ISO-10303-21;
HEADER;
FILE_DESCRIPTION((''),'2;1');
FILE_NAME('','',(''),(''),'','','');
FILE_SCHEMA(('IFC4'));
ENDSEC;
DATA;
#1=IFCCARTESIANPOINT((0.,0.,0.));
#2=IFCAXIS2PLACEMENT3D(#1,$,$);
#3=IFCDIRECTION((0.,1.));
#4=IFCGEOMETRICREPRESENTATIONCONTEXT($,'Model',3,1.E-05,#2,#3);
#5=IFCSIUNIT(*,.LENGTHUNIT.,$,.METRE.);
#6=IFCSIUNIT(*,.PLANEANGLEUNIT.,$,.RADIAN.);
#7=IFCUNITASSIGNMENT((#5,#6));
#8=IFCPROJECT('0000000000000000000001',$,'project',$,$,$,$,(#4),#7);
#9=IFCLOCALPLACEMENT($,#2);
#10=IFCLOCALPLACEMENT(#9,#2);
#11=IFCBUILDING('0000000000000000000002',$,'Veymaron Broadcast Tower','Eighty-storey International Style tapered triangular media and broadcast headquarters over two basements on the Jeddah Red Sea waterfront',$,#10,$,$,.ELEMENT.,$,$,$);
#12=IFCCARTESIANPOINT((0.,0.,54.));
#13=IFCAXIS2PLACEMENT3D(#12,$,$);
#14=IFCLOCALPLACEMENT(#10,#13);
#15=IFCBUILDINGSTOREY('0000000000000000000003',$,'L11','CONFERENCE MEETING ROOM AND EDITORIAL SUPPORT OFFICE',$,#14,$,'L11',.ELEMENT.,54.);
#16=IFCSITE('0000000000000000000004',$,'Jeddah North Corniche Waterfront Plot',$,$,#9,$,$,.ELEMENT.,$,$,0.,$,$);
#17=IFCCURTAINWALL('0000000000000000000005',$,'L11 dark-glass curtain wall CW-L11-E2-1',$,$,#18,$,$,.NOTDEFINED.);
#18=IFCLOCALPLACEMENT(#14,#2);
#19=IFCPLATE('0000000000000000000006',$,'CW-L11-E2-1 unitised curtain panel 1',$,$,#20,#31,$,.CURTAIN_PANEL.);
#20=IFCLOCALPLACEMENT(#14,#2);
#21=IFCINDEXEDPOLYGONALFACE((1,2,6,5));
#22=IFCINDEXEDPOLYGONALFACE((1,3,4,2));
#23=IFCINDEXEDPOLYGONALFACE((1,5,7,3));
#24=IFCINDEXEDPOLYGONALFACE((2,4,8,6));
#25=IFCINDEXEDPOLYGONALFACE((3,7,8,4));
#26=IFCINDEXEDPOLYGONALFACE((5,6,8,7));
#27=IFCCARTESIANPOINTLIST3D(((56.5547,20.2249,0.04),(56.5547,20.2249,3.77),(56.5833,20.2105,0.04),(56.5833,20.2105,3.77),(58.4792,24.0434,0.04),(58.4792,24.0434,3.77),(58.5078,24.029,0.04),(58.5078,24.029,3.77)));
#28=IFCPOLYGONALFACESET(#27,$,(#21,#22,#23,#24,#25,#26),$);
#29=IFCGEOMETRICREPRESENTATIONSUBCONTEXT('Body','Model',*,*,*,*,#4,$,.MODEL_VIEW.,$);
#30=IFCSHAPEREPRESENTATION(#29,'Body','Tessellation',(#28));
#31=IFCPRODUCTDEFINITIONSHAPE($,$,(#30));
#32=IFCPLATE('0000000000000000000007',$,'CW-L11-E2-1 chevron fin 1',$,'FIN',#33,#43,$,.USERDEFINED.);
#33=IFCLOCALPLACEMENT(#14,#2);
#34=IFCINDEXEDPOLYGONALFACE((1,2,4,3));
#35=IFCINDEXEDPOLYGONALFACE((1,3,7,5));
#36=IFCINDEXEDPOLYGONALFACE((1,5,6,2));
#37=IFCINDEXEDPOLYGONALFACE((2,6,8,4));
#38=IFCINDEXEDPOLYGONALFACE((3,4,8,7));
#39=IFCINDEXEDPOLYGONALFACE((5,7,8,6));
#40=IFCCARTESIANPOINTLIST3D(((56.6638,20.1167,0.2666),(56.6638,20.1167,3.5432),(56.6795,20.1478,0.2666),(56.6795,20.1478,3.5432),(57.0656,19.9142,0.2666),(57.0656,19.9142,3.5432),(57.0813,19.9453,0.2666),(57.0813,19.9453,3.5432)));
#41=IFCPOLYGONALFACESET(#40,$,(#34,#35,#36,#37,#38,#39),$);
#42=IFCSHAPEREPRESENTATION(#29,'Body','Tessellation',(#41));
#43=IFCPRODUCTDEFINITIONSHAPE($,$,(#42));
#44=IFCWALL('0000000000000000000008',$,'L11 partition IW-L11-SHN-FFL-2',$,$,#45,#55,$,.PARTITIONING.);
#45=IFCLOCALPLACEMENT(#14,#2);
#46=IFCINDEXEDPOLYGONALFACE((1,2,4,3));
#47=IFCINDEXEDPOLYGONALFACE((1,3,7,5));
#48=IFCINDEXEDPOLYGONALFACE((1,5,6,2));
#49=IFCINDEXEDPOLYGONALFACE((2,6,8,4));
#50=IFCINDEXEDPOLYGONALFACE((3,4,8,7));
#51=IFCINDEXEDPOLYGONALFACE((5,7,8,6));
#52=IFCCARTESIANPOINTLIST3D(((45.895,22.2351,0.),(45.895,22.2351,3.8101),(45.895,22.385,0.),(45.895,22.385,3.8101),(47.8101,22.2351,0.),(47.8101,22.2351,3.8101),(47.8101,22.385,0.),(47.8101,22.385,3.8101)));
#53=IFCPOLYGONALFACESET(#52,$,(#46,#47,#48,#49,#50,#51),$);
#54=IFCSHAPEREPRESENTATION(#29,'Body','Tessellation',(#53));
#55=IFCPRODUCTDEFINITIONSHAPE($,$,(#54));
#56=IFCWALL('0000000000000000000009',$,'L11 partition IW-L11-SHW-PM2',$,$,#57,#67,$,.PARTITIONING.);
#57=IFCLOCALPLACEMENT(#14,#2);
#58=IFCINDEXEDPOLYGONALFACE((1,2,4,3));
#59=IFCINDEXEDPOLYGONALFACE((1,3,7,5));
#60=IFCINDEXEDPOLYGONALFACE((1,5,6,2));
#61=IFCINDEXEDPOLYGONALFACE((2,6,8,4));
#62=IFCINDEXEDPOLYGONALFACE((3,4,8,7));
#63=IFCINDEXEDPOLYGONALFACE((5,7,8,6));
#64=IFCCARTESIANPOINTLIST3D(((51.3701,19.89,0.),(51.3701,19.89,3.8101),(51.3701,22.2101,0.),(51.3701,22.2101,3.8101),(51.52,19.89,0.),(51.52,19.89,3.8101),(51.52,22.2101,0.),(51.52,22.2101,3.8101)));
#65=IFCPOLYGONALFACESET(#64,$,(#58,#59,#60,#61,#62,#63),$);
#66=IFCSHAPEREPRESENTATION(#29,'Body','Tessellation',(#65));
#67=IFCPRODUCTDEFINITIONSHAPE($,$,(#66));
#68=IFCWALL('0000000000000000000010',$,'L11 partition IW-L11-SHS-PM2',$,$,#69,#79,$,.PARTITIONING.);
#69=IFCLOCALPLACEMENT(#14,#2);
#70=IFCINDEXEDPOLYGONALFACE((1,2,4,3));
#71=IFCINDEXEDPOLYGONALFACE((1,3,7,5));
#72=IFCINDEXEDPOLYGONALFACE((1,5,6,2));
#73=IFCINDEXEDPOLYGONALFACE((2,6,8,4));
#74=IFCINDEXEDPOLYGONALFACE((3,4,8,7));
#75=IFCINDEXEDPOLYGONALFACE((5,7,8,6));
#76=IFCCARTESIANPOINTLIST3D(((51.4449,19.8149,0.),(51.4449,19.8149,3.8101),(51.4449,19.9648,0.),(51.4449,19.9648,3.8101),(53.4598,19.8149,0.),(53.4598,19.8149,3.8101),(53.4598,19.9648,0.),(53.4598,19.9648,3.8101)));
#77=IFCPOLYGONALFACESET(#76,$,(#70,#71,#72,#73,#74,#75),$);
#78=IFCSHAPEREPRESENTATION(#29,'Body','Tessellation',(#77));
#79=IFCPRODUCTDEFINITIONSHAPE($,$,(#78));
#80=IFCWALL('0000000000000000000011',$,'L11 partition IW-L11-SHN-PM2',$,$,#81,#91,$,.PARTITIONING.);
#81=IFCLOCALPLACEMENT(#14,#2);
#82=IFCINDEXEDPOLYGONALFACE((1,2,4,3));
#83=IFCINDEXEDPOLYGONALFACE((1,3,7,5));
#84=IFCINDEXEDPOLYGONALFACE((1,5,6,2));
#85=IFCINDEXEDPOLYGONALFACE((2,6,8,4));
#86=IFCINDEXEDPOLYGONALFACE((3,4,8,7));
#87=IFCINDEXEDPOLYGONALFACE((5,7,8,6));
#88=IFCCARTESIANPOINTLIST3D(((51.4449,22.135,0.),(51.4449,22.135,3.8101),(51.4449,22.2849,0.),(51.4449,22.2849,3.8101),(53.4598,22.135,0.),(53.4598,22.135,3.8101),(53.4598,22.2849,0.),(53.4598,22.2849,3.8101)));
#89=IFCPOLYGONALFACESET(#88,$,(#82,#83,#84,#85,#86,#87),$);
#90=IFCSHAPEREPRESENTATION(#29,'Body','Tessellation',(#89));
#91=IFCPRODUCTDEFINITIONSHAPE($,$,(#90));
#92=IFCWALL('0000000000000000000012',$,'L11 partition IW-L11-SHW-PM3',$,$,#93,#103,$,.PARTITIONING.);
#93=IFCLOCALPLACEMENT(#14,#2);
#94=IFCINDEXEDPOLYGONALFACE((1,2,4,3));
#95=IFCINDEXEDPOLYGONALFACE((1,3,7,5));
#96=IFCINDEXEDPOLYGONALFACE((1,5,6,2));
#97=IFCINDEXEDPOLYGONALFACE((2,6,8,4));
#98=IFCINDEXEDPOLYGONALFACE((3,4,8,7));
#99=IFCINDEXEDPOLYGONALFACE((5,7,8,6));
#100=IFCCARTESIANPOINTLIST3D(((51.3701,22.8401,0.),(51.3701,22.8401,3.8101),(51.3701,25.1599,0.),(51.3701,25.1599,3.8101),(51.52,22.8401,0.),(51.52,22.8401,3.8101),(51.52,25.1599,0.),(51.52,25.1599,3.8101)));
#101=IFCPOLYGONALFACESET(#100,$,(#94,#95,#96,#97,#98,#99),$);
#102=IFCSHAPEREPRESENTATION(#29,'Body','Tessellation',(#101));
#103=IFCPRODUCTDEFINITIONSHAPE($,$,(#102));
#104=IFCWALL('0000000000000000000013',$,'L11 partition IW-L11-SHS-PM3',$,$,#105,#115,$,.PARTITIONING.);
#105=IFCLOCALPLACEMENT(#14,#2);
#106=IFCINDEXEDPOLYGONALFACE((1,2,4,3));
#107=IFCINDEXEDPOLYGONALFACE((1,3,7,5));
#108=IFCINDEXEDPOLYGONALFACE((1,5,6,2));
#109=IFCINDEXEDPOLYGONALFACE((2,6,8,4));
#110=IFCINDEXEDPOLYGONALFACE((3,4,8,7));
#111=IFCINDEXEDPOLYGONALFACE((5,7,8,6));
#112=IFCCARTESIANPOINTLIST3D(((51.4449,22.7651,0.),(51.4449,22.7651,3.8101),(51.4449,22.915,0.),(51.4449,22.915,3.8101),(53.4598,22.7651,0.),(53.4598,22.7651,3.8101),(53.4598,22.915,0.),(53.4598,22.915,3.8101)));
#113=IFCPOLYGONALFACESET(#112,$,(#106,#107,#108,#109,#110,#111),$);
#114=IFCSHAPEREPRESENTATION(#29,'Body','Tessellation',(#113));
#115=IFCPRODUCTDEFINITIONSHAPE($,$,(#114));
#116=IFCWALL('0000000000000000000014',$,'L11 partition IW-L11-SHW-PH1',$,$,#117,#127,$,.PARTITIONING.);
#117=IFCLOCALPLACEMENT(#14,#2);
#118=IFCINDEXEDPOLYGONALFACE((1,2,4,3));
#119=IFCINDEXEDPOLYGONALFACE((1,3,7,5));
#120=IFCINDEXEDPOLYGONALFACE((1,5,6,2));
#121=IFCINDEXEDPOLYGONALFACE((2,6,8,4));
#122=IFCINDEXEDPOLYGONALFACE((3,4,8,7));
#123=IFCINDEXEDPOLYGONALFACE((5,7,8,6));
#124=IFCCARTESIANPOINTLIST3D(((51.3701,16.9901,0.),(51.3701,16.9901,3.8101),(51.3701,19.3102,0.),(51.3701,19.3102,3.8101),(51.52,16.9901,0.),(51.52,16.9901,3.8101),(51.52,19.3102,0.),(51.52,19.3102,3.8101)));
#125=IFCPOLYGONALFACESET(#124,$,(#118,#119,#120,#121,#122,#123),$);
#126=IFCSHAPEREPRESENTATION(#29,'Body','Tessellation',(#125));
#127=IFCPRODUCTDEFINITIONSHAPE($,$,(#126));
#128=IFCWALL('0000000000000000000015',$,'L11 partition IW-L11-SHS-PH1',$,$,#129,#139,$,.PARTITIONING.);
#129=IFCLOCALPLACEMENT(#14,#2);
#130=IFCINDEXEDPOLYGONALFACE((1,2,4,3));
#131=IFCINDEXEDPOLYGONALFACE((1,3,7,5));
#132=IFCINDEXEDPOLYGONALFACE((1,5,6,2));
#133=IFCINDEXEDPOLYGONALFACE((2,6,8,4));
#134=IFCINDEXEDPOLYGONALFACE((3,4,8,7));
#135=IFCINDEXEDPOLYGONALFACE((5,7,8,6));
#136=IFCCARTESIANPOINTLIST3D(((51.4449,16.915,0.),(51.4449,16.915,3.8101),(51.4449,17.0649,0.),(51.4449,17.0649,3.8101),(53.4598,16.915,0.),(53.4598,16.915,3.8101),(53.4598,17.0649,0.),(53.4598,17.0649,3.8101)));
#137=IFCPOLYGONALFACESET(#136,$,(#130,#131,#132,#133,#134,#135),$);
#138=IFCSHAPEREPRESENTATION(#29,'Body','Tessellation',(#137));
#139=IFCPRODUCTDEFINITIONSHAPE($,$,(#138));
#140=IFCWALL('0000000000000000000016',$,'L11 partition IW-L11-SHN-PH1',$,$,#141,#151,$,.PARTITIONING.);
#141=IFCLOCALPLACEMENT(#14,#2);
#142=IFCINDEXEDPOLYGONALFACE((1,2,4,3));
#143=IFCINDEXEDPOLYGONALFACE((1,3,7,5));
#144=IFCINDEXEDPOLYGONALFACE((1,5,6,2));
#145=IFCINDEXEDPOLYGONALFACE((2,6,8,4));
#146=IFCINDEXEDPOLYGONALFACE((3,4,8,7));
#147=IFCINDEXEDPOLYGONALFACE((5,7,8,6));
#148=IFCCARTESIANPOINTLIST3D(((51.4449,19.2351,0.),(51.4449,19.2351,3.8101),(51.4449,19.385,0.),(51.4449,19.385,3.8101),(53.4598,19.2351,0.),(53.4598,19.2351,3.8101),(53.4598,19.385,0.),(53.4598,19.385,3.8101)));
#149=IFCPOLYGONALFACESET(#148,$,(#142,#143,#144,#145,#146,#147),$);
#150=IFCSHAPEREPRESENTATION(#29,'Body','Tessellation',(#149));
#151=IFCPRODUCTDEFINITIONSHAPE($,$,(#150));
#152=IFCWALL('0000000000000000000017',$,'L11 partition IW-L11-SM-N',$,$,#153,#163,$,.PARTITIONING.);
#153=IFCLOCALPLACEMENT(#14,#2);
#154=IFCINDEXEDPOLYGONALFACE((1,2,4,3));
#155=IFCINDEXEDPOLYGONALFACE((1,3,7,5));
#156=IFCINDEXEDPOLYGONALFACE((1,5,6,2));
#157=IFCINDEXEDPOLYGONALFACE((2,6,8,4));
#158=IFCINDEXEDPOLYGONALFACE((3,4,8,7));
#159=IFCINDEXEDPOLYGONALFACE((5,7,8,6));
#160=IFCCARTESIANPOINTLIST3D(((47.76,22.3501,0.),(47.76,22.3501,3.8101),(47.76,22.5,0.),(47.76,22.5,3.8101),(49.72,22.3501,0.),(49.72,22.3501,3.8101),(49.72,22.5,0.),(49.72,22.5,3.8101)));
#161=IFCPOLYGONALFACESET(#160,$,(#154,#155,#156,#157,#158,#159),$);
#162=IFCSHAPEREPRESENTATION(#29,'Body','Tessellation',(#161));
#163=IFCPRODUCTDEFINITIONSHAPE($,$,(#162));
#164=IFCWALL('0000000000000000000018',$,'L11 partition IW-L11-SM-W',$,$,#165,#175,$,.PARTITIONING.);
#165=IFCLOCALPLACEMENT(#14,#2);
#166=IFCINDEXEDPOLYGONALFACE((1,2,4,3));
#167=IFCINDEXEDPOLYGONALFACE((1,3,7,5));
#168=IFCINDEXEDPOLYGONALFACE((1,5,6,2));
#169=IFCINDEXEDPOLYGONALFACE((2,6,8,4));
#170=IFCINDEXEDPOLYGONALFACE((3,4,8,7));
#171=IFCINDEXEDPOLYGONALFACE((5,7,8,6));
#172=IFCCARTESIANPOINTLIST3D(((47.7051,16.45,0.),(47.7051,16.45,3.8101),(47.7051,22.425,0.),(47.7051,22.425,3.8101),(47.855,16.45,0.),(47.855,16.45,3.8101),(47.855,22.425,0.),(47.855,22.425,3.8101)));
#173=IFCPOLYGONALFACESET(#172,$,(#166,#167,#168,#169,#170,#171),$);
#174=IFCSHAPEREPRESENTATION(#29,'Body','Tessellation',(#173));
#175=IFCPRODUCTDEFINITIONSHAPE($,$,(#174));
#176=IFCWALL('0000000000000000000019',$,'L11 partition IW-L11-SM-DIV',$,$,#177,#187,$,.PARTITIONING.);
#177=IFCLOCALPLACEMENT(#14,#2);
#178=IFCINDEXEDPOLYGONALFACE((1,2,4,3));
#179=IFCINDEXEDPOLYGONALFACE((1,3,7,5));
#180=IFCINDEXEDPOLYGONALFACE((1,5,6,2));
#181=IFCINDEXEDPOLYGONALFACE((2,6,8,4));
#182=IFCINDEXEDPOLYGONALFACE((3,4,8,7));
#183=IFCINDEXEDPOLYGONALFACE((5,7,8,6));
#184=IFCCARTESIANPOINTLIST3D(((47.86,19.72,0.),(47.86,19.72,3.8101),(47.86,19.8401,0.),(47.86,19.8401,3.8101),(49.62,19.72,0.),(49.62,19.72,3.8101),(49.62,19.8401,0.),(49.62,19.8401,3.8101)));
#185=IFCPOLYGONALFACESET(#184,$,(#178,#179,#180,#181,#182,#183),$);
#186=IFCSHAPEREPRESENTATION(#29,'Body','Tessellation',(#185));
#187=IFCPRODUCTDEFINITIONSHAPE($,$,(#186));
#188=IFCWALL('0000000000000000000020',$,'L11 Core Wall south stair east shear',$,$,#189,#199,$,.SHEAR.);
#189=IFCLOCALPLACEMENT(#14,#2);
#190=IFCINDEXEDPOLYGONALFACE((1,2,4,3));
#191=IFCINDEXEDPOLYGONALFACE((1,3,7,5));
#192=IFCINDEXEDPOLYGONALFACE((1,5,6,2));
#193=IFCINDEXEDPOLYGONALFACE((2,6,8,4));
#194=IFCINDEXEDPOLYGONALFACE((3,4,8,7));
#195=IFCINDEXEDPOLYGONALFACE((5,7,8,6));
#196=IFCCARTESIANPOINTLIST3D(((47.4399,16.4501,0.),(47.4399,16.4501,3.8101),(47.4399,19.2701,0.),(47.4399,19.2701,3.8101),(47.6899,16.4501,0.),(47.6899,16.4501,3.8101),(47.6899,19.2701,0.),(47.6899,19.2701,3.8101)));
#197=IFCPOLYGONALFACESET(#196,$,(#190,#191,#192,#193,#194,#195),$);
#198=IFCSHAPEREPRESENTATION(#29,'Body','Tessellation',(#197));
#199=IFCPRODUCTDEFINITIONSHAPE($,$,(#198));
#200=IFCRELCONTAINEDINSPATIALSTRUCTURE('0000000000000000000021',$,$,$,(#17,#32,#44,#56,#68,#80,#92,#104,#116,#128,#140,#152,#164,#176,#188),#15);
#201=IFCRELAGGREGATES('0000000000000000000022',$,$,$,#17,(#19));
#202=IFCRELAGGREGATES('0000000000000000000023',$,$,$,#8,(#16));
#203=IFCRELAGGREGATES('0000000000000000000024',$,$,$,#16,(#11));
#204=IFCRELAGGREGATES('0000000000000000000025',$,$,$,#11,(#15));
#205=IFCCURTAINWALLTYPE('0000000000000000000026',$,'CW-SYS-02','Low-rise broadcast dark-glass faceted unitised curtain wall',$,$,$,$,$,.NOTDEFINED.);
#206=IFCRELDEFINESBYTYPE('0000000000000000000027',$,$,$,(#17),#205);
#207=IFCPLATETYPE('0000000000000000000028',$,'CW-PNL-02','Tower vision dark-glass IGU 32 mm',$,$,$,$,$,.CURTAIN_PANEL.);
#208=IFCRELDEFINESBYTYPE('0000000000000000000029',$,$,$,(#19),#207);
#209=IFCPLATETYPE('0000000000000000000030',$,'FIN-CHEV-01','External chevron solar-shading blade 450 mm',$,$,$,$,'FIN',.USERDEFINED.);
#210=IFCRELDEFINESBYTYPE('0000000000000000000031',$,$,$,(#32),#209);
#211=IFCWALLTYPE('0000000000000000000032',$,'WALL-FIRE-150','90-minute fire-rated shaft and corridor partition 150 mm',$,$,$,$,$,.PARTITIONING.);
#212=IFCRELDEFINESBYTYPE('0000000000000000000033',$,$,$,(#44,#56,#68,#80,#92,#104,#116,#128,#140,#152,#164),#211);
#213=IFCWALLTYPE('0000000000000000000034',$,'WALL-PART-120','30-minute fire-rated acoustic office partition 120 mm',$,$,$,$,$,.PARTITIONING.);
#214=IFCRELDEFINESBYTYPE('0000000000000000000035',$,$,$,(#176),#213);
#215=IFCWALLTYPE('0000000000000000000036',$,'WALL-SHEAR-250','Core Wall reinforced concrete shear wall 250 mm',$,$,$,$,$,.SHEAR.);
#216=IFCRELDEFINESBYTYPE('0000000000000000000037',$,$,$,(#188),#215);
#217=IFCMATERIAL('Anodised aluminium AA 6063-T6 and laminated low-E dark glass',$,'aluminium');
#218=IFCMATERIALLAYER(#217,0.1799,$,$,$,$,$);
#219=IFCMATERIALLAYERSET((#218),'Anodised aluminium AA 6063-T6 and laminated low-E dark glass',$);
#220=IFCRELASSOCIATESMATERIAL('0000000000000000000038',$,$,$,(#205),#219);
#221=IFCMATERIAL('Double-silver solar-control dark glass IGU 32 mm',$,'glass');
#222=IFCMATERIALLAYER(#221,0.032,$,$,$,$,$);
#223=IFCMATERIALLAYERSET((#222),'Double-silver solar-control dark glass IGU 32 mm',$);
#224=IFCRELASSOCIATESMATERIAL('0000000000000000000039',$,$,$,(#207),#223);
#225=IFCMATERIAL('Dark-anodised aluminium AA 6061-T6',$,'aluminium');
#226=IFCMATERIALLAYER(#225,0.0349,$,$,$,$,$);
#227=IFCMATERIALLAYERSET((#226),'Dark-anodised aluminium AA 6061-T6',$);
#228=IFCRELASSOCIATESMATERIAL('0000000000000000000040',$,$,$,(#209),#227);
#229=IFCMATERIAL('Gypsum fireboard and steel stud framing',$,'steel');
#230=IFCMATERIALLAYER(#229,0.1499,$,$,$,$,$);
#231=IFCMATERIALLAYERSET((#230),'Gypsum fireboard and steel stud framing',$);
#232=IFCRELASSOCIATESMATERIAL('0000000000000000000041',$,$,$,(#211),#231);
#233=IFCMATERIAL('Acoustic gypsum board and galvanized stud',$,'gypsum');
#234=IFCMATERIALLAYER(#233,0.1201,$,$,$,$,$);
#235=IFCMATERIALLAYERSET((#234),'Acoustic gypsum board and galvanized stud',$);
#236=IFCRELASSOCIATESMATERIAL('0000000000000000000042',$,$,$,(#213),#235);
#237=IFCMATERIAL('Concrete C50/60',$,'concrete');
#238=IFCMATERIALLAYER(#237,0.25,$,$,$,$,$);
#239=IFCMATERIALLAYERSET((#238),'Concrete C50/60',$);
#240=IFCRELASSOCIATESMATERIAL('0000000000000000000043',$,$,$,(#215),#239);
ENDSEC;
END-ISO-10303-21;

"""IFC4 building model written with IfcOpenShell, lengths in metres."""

from ifc_helpers import new_model, si_unit, direction, frame, frame_2d, origin, origin_2d, place, context, subcontext, project, spatial, rectangle, extrude, material, layer, layer_set, type_object, element, aggregate, save


model = new_model("IFC4")

# Units and contexts
model_context = context("Model", 3, precision=1e-05, world=origin(), true_north=direction((0.0, 1.0)))
body_context = subcontext(model_context, "Body", "Model", "MODEL_VIEW")
ifc_project = project(units=[si_unit("LENGTHUNIT", "METRE"), si_unit("PLANEANGLEUNIT", "RADIAN")], contexts=[model_context])

# Site, building, storey
site_placement = place(None, origin())
site = spatial("IfcSite", under=ifc_project, at=site_placement, Name="Jeddah North Corniche Waterfront Plot", CompositionType="ELEMENT", RefElevation=0.0)
building_placement = place(site_placement, origin())
building = spatial("IfcBuilding", under=site, at=building_placement, Name="Veymaron Broadcast Tower", Description="Eighty-storey International Style tapered triangular media and broadcast headquarters over two basements on the Jeddah Red Sea waterfront", CompositionType="ELEMENT")
storey_placement = place(building_placement, frame((0.0, 0.0, 54.0)))
storey = spatial("IfcBuildingStorey", under=building, at=storey_placement, Name="L11", Description="CONFERENCE MEETING ROOM AND EDITORIAL SUPPORT OFFICE", LongName="L11", CompositionType="ELEMENT", Elevation=54.0)

# Curtain wall
ifc_material_1 = material(Name="Anodised aluminium AA 6063-T6 and laminated low-E dark glass", Category="aluminium")
ifc_layer_1 = layer(ifc_material_1, 0.1799)
ifc_layer_set_1 = layer_set([ifc_layer_1], Name="Anodised aluminium AA 6063-T6 and laminated low-E dark glass")
curtain_wall_type = type_object("IfcCurtainWallType", Name="CW-SYS-02", Description="Low-rise broadcast dark-glass faceted unitised curtain wall", PredefinedType="NOTDEFINED", material=ifc_layer_set_1)
curtain_wall_1_placement = place(storey_placement, origin())
curtain_wall_1 = element("IfcCurtainWall", 1, at=curtain_wall_1_placement, inside=storey, type_object=curtain_wall_type, Name="L11 dark-glass curtain wall CW-L11-E2-1", PredefinedType="NOTDEFINED")

# Plates
ifc_material_2 = material(Name="Double-silver solar-control dark glass IGU 32 mm", Category="glass")
ifc_layer_2 = layer(ifc_material_2, 0.032)
ifc_layer_set_2 = layer_set([ifc_layer_2], Name="Double-silver solar-control dark glass IGU 32 mm")
plate_type_1 = type_object("IfcPlateType", Name="CW-PNL-02", Description="Tower vision dark-glass IGU 32 mm", PredefinedType="CURTAIN_PANEL", material=ifc_layer_set_2)
plate_1_placement = place(storey_placement, frame((57.5312, 22.127, 0.04), z_axis=(0.0, 0.0, 1.0), x_axis=(0.450067, 0.892995, 0.0)))
plate_1 = element("IfcPlate", 2, at=plate_1_placement, type_object=plate_type_1, Name="CW-L11-E2-1 unitised curtain panel 1", PredefinedType="CURTAIN_PANEL", context=body_context, shape_type="SweptSolid", body=[
    extrude(rectangle(XDim=4.2761, YDim=0.032, at=origin_2d()), origin(), (0.0, 0.0, 1.0), 3.73),
])
aggregate(curtain_wall_1, [plate_1])
ifc_material_3 = material(Name="Dark-anodised aluminium AA 6061-T6", Category="aluminium")
ifc_layer_3 = layer(ifc_material_3, 0.0349)
ifc_layer_set_3 = layer_set([ifc_layer_3], Name="Dark-anodised aluminium AA 6061-T6")
plate_type_2 = type_object("IfcPlateType", Name="FIN-CHEV-01", Description="External chevron solar-shading blade 450 mm", ElementType="FIN", PredefinedType="USERDEFINED", material=ifc_layer_set_3)
plate_2_placement = place(storey_placement, frame((56.8726, 20.031, 0.2666), z_axis=(0.0, 0.0, 1.0), x_axis=(0.892995, -0.450067, 0.0)))
element("IfcPlate", 3, at=plate_2_placement, inside=storey, type_object=plate_type_2, Name="CW-L11-E2-1 chevron fin 1", ObjectType="FIN", PredefinedType="USERDEFINED", context=body_context, shape_type="SweptSolid", body=[
    extrude(rectangle(XDim=0.45, YDim=0.0349, at=origin_2d()), origin(), (0.0, 0.0, 1.0), 3.2766),
])

# Walls
ifc_material_4 = material(Name="Gypsum fireboard and steel stud framing", Category="steel")
ifc_layer_4 = layer(ifc_material_4, 0.1499)
ifc_layer_set_4 = layer_set([ifc_layer_4], Name="Gypsum fireboard and steel stud framing")
wall_type_1 = type_object("IfcWallType", Name="WALL-FIRE-150", Description="90-minute fire-rated shaft and corridor partition 150 mm", PredefinedType="PARTITIONING", material=ifc_layer_set_4)
wall_1_placement = place(storey_placement, frame((45.895, 22.3101, 0.0), z_axis=(0.0, 0.0, 1.0), x_axis=(1.0, 0.0, 0.0)))
element("IfcWall", 4, at=wall_1_placement, inside=storey, type_object=wall_type_1, Name="L11 partition IW-L11-SHN-FFL-2", PredefinedType="PARTITIONING", context=body_context, shape_type="SweptSolid", body=[
    extrude(rectangle(XDim=1.915, YDim=0.1499, at=frame_2d((0.9575, 0.0))), origin(), (0.0, 0.0, 1.0), 3.8101),
])
wall_2_placement = place(storey_placement, frame((51.4451, 19.8899, 0.0), z_axis=(0.0, 0.0, 1.0), x_axis=(0.0, 1.0, 0.0)))
element("IfcWall", 5, at=wall_2_placement, inside=storey, type_object=wall_type_1, Name="L11 partition IW-L11-SHW-PM2", PredefinedType="PARTITIONING", context=body_context, shape_type="SweptSolid", body=[
    extrude(rectangle(XDim=2.3201, YDim=0.1499, at=frame_2d((1.1602, 0.0))), origin(), (0.0, 0.0, 1.0), 3.8101),
])
for number, where, z_axis, x_axis, name in (
    (6, (51.4451, 19.8899, 0.0), (0.0, 0.0, 1.0), (1.0, 0.0, 0.0), "L11 partition IW-L11-SHS-PM2"),
    (7, (51.4451, 22.21, 0.0), (0.0, 0.0, 1.0), (1.0, 0.0, 0.0), "L11 partition IW-L11-SHN-PM2"),
):
    element("IfcWall", number, at=place(storey_placement, frame(where, z_axis=z_axis, x_axis=x_axis)), inside=storey, type_object=wall_type_1, Name=name, PredefinedType="PARTITIONING", context=body_context, shape_type="SweptSolid", body=[
        extrude(rectangle(XDim=2.0149, YDim=0.1499, at=frame_2d((1.0073, 0.0))), origin(), (0.0, 0.0, 1.0), 3.8101),
    ])
wall_3_placement = place(storey_placement, frame((51.4451, 22.8401, 0.0), z_axis=(0.0, 0.0, 1.0), x_axis=(0.0, 1.0, 0.0)))
element("IfcWall", 8, at=wall_3_placement, inside=storey, type_object=wall_type_1, Name="L11 partition IW-L11-SHW-PM3", PredefinedType="PARTITIONING", context=body_context, shape_type="SweptSolid", body=[
    extrude(rectangle(XDim=2.3198, YDim=0.1499, at=frame_2d((1.1599, 0.0))), origin(), (0.0, 0.0, 1.0), 3.8101),
])
wall_4_placement = place(storey_placement, frame((51.4451, 22.8401, 0.0), z_axis=(0.0, 0.0, 1.0), x_axis=(1.0, 0.0, 0.0)))
element("IfcWall", 9, at=wall_4_placement, inside=storey, type_object=wall_type_1, Name="L11 partition IW-L11-SHS-PM3", PredefinedType="PARTITIONING", context=body_context, shape_type="SweptSolid", body=[
    extrude(rectangle(XDim=2.0149, YDim=0.1499, at=frame_2d((1.0073, 0.0))), origin(), (0.0, 0.0, 1.0), 3.8101),
])
wall_5_placement = place(storey_placement, frame((51.4451, 16.99, 0.0), z_axis=(0.0, 0.0, 1.0), x_axis=(0.0, 1.0, 0.0)))
element("IfcWall", 10, at=wall_5_placement, inside=storey, type_object=wall_type_1, Name="L11 partition IW-L11-SHW-PH1", PredefinedType="PARTITIONING", context=body_context, shape_type="SweptSolid", body=[
    extrude(rectangle(XDim=2.3201, YDim=0.1499, at=frame_2d((1.1602, 0.0))), origin(), (0.0, 0.0, 1.0), 3.8101),
])
for number, where, z_axis, x_axis, name in (
    (11, (51.4451, 16.99, 0.0), (0.0, 0.0, 1.0), (1.0, 0.0, 0.0), "L11 partition IW-L11-SHS-PH1"),
    (12, (51.4451, 19.3101, 0.0), (0.0, 0.0, 1.0), (1.0, 0.0, 0.0), "L11 partition IW-L11-SHN-PH1"),
):
    element("IfcWall", number, at=place(storey_placement, frame(where, z_axis=z_axis, x_axis=x_axis)), inside=storey, type_object=wall_type_1, Name=name, PredefinedType="PARTITIONING", context=body_context, shape_type="SweptSolid", body=[
        extrude(rectangle(XDim=2.0149, YDim=0.1499, at=frame_2d((1.0073, 0.0))), origin(), (0.0, 0.0, 1.0), 3.8101),
    ])

# Walls
wall_6_placement = place(storey_placement, frame((47.76, 22.425, 0.0), z_axis=(0.0, 0.0, 1.0), x_axis=(1.0, 0.0, 0.0)))
element("IfcWall", 13, at=wall_6_placement, inside=storey, type_object=wall_type_1, Name="L11 partition IW-L11-SM-N", PredefinedType="PARTITIONING", context=body_context, shape_type="SweptSolid", body=[
    extrude(rectangle(XDim=1.96, YDim=0.1499, at=frame_2d((0.98, 0.0))), origin(), (0.0, 0.0, 1.0), 3.8101),
])
wall_7_placement = place(storey_placement, frame((47.78, 16.45, 0.0), z_axis=(0.0, 0.0, 1.0), x_axis=(0.0, 1.0, 0.0)))
element("IfcWall", 14, at=wall_7_placement, inside=storey, type_object=wall_type_1, Name="L11 partition IW-L11-SM-W", PredefinedType="PARTITIONING", context=body_context, shape_type="SweptSolid", body=[
    extrude(rectangle(XDim=5.9751, YDim=0.1499, at=frame_2d((2.9875, 0.0))), origin(), (0.0, 0.0, 1.0), 3.8101),
])
ifc_material_5 = material(Name="Acoustic gypsum board and galvanized stud", Category="gypsum")
ifc_layer_5 = layer(ifc_material_5, 0.1201)
ifc_layer_set_5 = layer_set([ifc_layer_5], Name="Acoustic gypsum board and galvanized stud")
wall_type_2 = type_object("IfcWallType", Name="WALL-PART-120", Description="30-minute fire-rated acoustic office partition 120 mm", PredefinedType="PARTITIONING", material=ifc_layer_set_5)
wall_8_placement = place(storey_placement, frame((47.8601, 19.78, 0.0), z_axis=(0.0, 0.0, 1.0), x_axis=(1.0, 0.0, 0.0)))
element("IfcWall", 15, at=wall_8_placement, inside=storey, type_object=wall_type_2, Name="L11 partition IW-L11-SM-DIV", PredefinedType="PARTITIONING", context=body_context, shape_type="SweptSolid", body=[
    extrude(rectangle(XDim=1.76, YDim=0.1201, at=frame_2d((0.8799, 0.0))), origin(), (0.0, 0.0, 1.0), 3.8101),
])

# Wall
ifc_material_6 = material(Name="Concrete C50/60", Category="concrete")
ifc_layer_6 = layer(ifc_material_6, 0.25)
ifc_layer_set_6 = layer_set([ifc_layer_6], Name="Concrete C50/60")
wall_type_3 = type_object("IfcWallType", Name="WALL-SHEAR-250", Description="Core Wall reinforced concrete shear wall 250 mm", PredefinedType="SHEAR", material=ifc_layer_set_6)
wall_9_placement = place(storey_placement, frame((47.5649, 16.45, 0.0), z_axis=(0.0, 0.0, 1.0), x_axis=(0.0, 1.0, 0.0)))
element("IfcWall", 16, at=wall_9_placement, inside=storey, type_object=wall_type_3, Name="L11 Core Wall south stair east shear", PredefinedType="SHEAR", context=body_context, shape_type="SweptSolid", body=[
    extrude(rectangle(XDim=2.8201, YDim=0.25, at=frame_2d((1.4102, 0.0))), origin(), (0.0, 0.0, 1.0), 3.8101),
])

save(model, "model.ifc")
